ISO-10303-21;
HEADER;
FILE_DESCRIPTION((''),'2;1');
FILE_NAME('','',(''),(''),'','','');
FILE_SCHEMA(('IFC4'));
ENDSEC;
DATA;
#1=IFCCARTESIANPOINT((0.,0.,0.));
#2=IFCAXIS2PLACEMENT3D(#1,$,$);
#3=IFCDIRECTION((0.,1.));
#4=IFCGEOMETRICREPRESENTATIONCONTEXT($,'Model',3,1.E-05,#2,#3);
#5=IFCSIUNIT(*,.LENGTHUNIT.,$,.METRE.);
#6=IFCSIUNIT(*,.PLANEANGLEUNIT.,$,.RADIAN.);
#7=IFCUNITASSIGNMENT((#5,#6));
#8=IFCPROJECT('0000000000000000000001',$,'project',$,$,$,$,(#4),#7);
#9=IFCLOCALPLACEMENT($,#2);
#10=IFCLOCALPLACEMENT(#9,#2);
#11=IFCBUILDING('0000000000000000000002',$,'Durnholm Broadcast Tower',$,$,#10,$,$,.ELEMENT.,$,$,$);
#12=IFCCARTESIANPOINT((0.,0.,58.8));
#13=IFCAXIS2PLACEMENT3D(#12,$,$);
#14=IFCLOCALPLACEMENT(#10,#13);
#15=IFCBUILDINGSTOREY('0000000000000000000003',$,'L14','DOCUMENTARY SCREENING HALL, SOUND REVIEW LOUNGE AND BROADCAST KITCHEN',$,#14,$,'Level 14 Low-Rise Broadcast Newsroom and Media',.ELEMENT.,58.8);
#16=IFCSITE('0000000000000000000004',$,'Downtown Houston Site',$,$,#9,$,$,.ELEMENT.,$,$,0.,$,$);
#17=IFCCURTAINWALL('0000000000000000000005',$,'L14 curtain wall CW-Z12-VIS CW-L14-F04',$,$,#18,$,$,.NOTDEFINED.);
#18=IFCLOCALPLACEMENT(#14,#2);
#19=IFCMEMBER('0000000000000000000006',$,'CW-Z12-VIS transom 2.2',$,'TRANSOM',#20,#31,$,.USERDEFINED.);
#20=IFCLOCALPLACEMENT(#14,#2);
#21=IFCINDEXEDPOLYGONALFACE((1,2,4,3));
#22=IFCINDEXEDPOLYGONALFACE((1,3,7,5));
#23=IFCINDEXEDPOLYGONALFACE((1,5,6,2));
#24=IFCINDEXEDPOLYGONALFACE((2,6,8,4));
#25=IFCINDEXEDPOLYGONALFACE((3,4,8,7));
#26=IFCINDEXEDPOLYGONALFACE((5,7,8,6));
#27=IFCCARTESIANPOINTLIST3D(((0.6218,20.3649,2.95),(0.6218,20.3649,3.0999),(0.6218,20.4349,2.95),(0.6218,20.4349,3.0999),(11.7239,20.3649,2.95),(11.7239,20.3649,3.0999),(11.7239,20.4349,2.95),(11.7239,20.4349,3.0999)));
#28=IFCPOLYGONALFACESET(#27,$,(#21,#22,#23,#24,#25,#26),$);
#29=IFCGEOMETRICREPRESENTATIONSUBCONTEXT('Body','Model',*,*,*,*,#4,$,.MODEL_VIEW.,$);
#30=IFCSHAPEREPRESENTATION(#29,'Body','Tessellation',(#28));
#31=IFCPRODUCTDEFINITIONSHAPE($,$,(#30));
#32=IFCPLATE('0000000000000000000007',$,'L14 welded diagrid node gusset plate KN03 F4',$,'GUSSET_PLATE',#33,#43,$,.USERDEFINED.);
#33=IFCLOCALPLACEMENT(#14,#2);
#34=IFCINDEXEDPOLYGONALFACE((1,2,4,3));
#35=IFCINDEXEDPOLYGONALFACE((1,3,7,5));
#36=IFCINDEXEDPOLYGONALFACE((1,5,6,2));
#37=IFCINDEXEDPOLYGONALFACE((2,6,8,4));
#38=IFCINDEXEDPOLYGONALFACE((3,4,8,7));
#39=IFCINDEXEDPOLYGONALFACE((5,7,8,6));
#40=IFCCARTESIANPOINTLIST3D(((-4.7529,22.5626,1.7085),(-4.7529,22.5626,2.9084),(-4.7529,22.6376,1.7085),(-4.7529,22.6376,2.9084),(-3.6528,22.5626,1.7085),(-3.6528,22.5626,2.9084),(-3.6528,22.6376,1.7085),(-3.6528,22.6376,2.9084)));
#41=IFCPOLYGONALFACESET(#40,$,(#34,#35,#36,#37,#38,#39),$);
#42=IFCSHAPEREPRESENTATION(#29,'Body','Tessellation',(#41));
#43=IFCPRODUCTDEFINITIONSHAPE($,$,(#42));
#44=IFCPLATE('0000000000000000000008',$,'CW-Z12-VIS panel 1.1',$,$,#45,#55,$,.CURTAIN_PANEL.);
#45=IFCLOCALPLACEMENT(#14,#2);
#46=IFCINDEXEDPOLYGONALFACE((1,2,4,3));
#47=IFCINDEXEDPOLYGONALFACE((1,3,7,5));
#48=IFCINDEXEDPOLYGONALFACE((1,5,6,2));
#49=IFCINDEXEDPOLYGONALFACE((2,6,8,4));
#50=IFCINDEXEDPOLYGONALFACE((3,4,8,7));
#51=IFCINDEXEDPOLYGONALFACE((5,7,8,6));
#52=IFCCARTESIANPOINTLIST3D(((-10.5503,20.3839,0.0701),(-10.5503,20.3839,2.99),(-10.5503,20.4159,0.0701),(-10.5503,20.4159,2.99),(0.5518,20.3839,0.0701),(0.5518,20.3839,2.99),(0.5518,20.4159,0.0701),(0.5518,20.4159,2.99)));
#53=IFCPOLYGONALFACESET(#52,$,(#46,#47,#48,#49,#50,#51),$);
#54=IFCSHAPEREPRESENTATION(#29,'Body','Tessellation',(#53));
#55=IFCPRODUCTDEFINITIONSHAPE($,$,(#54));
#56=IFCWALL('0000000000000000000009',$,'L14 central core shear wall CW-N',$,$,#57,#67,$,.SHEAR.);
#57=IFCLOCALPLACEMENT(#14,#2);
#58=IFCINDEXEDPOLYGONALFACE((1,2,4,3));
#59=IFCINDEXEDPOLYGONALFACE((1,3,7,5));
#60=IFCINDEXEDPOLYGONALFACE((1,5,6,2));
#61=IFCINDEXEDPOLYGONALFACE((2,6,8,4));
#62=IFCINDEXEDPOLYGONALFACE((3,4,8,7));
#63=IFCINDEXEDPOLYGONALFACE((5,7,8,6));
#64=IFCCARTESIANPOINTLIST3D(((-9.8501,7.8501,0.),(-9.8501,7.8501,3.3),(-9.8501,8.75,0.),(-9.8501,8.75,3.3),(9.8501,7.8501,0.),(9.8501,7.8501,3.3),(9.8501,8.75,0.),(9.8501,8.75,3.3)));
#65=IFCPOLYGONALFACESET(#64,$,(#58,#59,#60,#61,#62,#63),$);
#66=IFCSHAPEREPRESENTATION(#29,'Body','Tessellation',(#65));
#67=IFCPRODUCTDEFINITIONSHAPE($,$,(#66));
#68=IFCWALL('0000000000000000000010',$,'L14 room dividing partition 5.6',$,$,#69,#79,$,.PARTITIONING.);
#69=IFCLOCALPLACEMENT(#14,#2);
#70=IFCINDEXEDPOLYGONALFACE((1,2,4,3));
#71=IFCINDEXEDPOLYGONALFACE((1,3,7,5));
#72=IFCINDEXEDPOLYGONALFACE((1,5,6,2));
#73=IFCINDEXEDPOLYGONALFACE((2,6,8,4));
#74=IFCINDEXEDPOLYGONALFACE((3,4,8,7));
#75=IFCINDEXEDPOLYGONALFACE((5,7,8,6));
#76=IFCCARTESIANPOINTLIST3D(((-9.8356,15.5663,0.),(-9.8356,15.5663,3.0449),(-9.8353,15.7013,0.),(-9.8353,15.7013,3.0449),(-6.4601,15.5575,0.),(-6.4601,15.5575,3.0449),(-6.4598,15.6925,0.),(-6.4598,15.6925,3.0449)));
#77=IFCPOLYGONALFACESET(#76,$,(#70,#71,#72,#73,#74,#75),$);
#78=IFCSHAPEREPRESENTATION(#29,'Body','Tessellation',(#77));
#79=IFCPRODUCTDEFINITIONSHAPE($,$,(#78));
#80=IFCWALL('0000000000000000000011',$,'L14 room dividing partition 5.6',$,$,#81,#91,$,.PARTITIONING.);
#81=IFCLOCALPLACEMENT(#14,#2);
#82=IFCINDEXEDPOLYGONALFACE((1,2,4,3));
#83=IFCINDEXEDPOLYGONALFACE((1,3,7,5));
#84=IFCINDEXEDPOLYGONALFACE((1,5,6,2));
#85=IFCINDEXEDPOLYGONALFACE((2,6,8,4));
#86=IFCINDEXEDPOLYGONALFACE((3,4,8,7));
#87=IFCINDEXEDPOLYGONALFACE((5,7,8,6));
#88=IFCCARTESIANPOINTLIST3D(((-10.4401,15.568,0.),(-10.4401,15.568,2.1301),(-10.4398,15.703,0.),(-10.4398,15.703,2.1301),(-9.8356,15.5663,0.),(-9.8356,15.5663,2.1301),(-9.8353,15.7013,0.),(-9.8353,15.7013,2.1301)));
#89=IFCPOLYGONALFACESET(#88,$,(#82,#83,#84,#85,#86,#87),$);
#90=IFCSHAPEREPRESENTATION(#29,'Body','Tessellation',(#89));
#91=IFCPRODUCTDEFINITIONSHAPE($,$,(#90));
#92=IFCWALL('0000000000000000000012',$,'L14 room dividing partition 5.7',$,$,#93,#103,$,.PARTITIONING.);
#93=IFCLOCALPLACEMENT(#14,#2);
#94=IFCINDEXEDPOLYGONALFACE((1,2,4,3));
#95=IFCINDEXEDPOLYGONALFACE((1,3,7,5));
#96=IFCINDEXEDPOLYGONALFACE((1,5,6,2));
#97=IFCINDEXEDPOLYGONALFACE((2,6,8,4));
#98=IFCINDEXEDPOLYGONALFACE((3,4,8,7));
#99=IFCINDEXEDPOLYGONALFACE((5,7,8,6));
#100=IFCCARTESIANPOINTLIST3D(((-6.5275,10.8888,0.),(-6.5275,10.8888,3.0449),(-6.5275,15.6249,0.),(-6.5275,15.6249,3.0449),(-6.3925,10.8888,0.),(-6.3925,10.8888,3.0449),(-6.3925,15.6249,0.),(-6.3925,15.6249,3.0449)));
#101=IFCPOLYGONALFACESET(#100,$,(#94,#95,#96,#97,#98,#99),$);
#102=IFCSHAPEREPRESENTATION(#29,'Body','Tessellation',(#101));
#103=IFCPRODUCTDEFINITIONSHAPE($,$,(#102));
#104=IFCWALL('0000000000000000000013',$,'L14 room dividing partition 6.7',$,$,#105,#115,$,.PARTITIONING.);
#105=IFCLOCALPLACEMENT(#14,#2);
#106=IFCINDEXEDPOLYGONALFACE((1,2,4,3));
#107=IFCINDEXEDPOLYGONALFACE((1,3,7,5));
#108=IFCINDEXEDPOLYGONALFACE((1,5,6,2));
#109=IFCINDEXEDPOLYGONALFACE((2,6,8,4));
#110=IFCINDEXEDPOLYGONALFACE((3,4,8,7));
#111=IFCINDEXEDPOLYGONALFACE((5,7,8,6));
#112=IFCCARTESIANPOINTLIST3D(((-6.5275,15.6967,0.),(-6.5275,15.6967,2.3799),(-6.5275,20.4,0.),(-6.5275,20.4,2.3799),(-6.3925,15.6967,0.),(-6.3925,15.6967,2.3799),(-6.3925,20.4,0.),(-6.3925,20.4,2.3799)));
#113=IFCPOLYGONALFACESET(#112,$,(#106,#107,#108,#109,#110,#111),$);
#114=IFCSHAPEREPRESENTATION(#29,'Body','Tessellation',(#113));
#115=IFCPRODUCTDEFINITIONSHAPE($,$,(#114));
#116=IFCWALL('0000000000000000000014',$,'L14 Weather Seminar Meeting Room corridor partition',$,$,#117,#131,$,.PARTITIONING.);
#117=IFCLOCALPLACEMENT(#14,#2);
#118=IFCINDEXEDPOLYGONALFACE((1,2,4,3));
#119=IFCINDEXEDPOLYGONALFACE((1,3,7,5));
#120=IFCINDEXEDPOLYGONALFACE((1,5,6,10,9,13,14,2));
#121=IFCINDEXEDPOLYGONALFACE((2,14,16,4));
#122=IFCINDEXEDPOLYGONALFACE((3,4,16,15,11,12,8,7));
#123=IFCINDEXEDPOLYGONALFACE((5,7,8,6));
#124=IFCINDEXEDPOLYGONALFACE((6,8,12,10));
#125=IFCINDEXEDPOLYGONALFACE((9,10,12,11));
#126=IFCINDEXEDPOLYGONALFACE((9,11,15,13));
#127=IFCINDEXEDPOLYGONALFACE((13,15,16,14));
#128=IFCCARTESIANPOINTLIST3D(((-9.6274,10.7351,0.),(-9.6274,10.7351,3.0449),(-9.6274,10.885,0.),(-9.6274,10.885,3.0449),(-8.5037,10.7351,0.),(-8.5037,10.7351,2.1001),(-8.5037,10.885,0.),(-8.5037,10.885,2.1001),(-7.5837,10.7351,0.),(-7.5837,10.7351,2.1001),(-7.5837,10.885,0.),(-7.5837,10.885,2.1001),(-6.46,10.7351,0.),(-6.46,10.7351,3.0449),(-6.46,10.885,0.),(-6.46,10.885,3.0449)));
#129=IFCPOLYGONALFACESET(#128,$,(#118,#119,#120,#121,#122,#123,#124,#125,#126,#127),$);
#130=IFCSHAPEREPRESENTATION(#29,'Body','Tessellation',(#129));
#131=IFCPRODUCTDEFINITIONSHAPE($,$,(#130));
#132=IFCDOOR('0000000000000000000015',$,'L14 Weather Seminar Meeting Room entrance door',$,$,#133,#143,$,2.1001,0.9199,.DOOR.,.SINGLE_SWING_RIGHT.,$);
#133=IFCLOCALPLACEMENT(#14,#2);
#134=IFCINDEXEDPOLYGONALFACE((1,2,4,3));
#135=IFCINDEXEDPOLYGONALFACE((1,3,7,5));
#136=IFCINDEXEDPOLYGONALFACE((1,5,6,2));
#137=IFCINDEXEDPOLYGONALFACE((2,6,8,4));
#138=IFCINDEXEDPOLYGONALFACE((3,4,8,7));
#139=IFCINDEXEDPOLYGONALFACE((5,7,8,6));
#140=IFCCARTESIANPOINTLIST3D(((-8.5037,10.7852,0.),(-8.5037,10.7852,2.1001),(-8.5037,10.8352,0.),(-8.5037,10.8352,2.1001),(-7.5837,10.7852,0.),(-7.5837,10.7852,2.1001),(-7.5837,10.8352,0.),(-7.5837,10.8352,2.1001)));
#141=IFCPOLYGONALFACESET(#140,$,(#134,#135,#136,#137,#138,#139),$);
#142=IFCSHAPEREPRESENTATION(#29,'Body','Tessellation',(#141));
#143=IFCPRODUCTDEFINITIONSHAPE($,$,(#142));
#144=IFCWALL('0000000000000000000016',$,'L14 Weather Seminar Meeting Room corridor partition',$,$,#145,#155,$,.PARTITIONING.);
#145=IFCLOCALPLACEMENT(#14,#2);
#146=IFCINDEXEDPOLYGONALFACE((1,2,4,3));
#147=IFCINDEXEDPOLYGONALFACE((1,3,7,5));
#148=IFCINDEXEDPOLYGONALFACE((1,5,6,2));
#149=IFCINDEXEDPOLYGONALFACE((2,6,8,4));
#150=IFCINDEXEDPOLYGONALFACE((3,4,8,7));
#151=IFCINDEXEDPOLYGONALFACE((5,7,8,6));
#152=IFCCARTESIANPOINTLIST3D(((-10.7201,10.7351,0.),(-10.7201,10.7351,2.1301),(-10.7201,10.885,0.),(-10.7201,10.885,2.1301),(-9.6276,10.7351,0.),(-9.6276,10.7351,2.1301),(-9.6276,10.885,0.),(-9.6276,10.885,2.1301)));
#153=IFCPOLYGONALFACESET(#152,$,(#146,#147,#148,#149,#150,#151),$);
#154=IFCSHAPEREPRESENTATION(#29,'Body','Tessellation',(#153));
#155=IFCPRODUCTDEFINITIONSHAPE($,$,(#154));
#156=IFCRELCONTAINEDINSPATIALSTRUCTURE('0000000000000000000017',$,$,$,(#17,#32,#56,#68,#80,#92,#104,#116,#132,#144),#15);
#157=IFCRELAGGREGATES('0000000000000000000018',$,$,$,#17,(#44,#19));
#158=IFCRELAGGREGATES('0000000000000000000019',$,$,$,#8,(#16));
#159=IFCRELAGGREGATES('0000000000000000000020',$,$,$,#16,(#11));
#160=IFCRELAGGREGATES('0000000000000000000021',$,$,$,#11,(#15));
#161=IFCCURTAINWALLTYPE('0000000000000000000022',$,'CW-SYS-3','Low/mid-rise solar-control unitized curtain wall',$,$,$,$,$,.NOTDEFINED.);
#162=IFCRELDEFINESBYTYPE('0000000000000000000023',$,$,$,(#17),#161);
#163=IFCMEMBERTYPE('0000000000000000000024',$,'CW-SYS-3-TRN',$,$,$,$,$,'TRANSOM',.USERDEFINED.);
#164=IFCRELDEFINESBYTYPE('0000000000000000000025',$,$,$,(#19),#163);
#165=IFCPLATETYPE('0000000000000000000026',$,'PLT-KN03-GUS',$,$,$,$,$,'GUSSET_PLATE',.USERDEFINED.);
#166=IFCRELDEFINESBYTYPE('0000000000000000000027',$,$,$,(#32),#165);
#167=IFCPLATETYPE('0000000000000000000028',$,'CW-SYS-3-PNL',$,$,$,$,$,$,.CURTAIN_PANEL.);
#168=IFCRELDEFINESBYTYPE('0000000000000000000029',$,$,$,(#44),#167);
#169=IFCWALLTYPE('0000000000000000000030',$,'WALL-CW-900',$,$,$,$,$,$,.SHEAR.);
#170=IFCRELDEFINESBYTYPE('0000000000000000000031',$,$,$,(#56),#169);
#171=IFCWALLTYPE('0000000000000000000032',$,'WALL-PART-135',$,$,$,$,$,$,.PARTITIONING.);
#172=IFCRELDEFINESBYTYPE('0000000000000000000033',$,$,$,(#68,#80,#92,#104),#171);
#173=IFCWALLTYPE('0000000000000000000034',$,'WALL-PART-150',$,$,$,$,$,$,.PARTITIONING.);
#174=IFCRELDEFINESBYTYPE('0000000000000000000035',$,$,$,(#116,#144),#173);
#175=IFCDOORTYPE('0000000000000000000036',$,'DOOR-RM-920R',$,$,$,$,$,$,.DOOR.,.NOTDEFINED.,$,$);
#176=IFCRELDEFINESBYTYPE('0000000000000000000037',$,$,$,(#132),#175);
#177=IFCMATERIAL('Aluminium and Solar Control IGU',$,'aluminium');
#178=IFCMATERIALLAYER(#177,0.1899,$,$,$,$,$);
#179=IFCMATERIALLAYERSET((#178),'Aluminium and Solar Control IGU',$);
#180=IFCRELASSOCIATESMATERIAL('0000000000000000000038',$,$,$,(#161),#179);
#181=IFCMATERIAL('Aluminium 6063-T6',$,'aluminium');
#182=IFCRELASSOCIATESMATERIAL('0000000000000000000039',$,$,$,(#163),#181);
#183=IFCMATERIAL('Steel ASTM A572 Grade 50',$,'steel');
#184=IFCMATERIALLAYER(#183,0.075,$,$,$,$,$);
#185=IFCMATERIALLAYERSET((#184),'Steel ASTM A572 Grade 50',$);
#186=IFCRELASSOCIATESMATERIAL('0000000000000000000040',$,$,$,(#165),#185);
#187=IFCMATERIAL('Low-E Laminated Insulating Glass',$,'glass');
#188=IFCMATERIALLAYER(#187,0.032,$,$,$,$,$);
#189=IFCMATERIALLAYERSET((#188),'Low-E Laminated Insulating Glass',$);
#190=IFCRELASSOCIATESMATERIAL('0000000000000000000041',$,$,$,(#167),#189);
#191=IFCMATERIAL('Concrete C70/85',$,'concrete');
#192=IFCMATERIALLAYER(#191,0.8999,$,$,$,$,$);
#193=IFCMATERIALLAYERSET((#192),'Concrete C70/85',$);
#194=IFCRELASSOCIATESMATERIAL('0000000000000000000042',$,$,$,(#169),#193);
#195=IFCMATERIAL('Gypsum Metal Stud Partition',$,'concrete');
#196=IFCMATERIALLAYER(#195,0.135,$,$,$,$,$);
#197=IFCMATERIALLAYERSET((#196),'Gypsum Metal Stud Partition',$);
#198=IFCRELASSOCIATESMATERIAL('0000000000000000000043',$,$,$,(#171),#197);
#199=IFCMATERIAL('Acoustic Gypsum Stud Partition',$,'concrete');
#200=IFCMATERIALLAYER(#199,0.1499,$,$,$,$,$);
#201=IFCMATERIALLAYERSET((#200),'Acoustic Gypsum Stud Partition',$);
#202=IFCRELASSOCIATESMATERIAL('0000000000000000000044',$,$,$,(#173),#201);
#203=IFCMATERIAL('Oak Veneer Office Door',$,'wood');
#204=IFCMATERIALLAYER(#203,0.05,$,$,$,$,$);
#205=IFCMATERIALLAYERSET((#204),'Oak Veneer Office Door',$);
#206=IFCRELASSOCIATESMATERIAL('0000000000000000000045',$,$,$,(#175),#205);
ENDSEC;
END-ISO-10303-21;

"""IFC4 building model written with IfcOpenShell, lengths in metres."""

from ifc_helpers import new_model, si_unit, direction, frame, frame_2d, origin, origin_2d, place, context, subcontext, project, spatial, rectangle, extrude, source, transform, mapped, material, layer, layer_set, material_profile, profile_set, type_object, type_shapes, element, fill, aggregate, save


model = new_model("IFC4")

# Units and contexts
model_context = context("Model", 3, precision=1e-05, world=origin(), true_north=direction((0.0, 1.0)))
body_context = subcontext(model_context, "Body", "Model", "MODEL_VIEW")
ifc_project = project(units=[si_unit("LENGTHUNIT", "METRE"), si_unit("PLANEANGLEUNIT", "RADIAN")], contexts=[model_context])

# Site, building, storey
site_placement = place(None, origin())
site = spatial("IfcSite", under=ifc_project, at=site_placement, Name="Downtown Houston Site", CompositionType="ELEMENT", RefElevation=0.0)
building_placement = place(site_placement, origin())
building = spatial("IfcBuilding", under=site, at=building_placement, Name="Durnholm Broadcast Tower", CompositionType="ELEMENT")
storey_placement = place(building_placement, frame((0.0, 0.0, 58.8)))
storey = spatial("IfcBuildingStorey", under=building, at=storey_placement, Name="L14", Description="DOCUMENTARY SCREENING HALL, SOUND REVIEW LOUNGE AND BROADCAST KITCHEN", LongName="Level 14 Low-Rise Broadcast Newsroom and Media", CompositionType="ELEMENT", Elevation=58.8)

# Shared definitions
ifc_material_1 = material(Name="Concrete C70/85", Category="concrete")

# Curtain wall, member
ifc_material_2 = material(Name="Aluminium and Solar Control IGU", Category="aluminium")
ifc_layer_1 = layer(ifc_material_2, 0.1899)
ifc_layer_set_1 = layer_set([ifc_layer_1], Name="Aluminium and Solar Control IGU")
curtain_wall_type = type_object("IfcCurtainWallType", Name="CW-SYS-3", Description="Low/mid-rise solar-control unitized curtain wall", PredefinedType="NOTDEFINED", material=ifc_layer_set_1)
curtain_wall_placement = place(storey_placement, origin())
curtain_wall = element("IfcCurtainWall", 1, at=curtain_wall_placement, inside=storey, type_object=curtain_wall_type, Name="L14 curtain wall CW-Z12-VIS CW-L14-F04", PredefinedType="NOTDEFINED")
ifc_material_3 = material(Name="Aluminium 6063-T6", Category="aluminium")
ifc_material_profile_1 = material_profile(ifc_material_3, rectangle(XDim=0.0701, YDim=0.1499, at=origin_2d()), Name="CWT70X150")
ifc_profile_set_1 = profile_set([ifc_material_profile_1], Name="Aluminium 6063-T6")
member_type_1 = type_object("IfcMemberType", Name="CW-SYS-3-TRN", ElementType="TRANSOM", PredefinedType="USERDEFINED", material=ifc_profile_set_1)
shared_shape_1 = source(origin(), body_context, "Body", "SweptSolid", [
    extrude(rectangle(XDim=0.0701, YDim=0.1499, at=origin_2d()), origin(), (0.0, 0.0, 1.0), 11.1021),
])
type_shapes(member_type_1, [shared_shape_1])
member_1_placement = place(storey_placement, frame((0.6218, 20.3999, 3.0249), z_axis=(1.0, 0.0, 0.0), x_axis=(0.0, 1.0, 0.0)))
member_1 = element("IfcMember", 2, at=member_1_placement, type_object=member_type_1, Name="CW-Z12-VIS transom 2.2", ObjectType="TRANSOM", PredefinedType="USERDEFINED", context=body_context, shape_type="MappedRepresentation", body=[
    mapped(shared_shape_1, transform((0.0, 0.0, 0.0), x_axis=(1.0, 0.0, 0.0), y_axis=(0.0, 1.0, 0.0), z_axis=(0.0, 0.0, 1.0), scale=1.0)),
])

# Plates
ifc_material_4 = material(Name="Steel ASTM A572 Grade 50", Category="steel")
ifc_layer_2 = layer(ifc_material_4, 0.075)
ifc_layer_set_2 = layer_set([ifc_layer_2], Name="Steel ASTM A572 Grade 50")
plate_type_1 = type_object("IfcPlateType", Name="PLT-KN03-GUS", ElementType="GUSSET_PLATE", PredefinedType="USERDEFINED", material=ifc_layer_set_2)
shared_shape_2 = source(origin(), body_context, "Body", "SweptSolid", [
    extrude(rectangle(XDim=1.1001, YDim=0.075, at=origin_2d()), origin(), (0.0, 0.0, 1.0), 1.2),
])
type_shapes(plate_type_1, [shared_shape_2])
plate_1_placement = place(storey_placement, frame((-4.2029, 22.6001, 1.7085), z_axis=(0.0, 0.0, 1.0), x_axis=(-1.0, 0.0, 0.0)))
element("IfcPlate", 3, at=plate_1_placement, inside=storey, type_object=plate_type_1, Name="L14 welded diagrid node gusset plate KN03 F4", ObjectType="GUSSET_PLATE", PredefinedType="USERDEFINED", context=body_context, shape_type="MappedRepresentation", body=[
    mapped(shared_shape_2, transform((0.0, 0.0, 0.0), x_axis=(1.0, 0.0, 0.0), y_axis=(0.0, 1.0, 0.0), z_axis=(0.0, 0.0, 1.0), scale=1.0)),
])
ifc_material_5 = material(Name="Low-E Laminated Insulating Glass", Category="glass")
ifc_layer_3 = layer(ifc_material_5, 0.032)
ifc_layer_set_3 = layer_set([ifc_layer_3], Name="Low-E Laminated Insulating Glass")
plate_type_2 = type_object("IfcPlateType", Name="CW-SYS-3-PNL", PredefinedType="CURTAIN_PANEL", material=ifc_layer_set_3)
shared_shape_3 = source(origin(), body_context, "Body", "SweptSolid", [
    extrude(rectangle(XDim=11.1021, YDim=0.032, at=origin_2d()), origin(), (0.0, 0.0, 1.0), 2.9199),
])
type_shapes(plate_type_2, [shared_shape_3])
plate_2_placement = place(storey_placement, frame((-4.9993, 20.3999, 0.0701), z_axis=(0.0, 0.0, 1.0), x_axis=(1.0, 0.0, 0.0)))
plate_2 = element("IfcPlate", 4, at=plate_2_placement, type_object=plate_type_2, Name="CW-Z12-VIS panel 1.1", PredefinedType="CURTAIN_PANEL", context=body_context, shape_type="MappedRepresentation", body=[
    mapped(shared_shape_3, transform((0.0, 0.0, 0.0), x_axis=(1.0, 0.0, 0.0), y_axis=(0.0, 1.0, 0.0), z_axis=(0.0, 0.0, 1.0), scale=1.0)),
])
aggregate(curtain_wall, [plate_2, member_1])

# Walls
ifc_layer_4 = layer(ifc_material_1, 0.8999)
ifc_layer_set_4 = layer_set([ifc_layer_4], Name="Concrete C70/85")
wall_type_1 = type_object("IfcWallType", Name="WALL-CW-900", PredefinedType="SHEAR", material=ifc_layer_set_4)
wall_1_placement = place(storey_placement, frame((-9.8501, 8.3, 0.0), z_axis=(0.0, 0.0, 1.0), x_axis=(1.0, 0.0, 0.0)))
element("IfcWall", 5, at=wall_1_placement, inside=storey, type_object=wall_type_1, Name="L14 central core shear wall CW-N", PredefinedType="SHEAR", context=body_context, shape_type="SweptSolid", body=[
    extrude(rectangle(XDim=19.7002, YDim=0.8999, at=frame_2d((9.8501, 0.0))), origin(), (0.0, 0.0, 1.0), 3.3),
])
ifc_material_6 = material(Name="Gypsum Metal Stud Partition", Category="concrete")
ifc_layer_5 = layer(ifc_material_6, 0.135)
ifc_layer_set_5 = layer_set([ifc_layer_5], Name="Gypsum Metal Stud Partition")
wall_type_2 = type_object("IfcWallType", Name="WALL-PART-135", PredefinedType="PARTITIONING", material=ifc_layer_set_5)
wall_2_placement = place(storey_placement, frame((-9.8354, 15.6338, 0.0), z_axis=(0.0, 0.0, 1.0), x_axis=(0.999997, -0.002604, 0.0)))
element("IfcWall", 6, at=wall_2_placement, inside=storey, type_object=wall_type_2, Name="L14 room dividing partition 5.6", PredefinedType="PARTITIONING", context=body_context, shape_type="SweptSolid", body=[
    extrude(rectangle(XDim=3.3755, YDim=0.135, at=frame_2d((1.6877, 0.0))), origin(), (0.0, 0.0, 1.0), 3.0449),
])
wall_3_placement = place(storey_placement, frame((-10.4399, 15.6355, 0.0), z_axis=(0.0, 0.0, 1.0), x_axis=(0.999996, -0.002827, 0.0)))
element("IfcWall", 7, at=wall_3_placement, inside=storey, type_object=wall_type_2, Name="L14 room dividing partition 5.6", PredefinedType="PARTITIONING", context=body_context, shape_type="SweptSolid", body=[
    extrude(rectangle(XDim=0.6045, YDim=0.135, at=frame_2d((0.3022, 0.0))), origin(), (0.0, 0.0, 1.0), 2.1301),
])
wall_4_placement = place(storey_placement, frame((-6.46, 15.625, 0.0), z_axis=(0.0, 0.0, 1.0), x_axis=(0.0, -1.0, 0.0)))
element("IfcWall", 8, at=wall_4_placement, inside=storey, type_object=wall_type_2, Name="L14 room dividing partition 5.7", PredefinedType="PARTITIONING", context=body_context, shape_type="SweptSolid", body=[
    extrude(rectangle(XDim=4.7361, YDim=0.135, at=frame_2d((2.3682, 0.0))), origin(), (0.0, 0.0, 1.0), 3.0449),
])
wall_5_placement = place(storey_placement, frame((-6.46, 20.3999, 0.0), z_axis=(0.0, 0.0, 1.0), x_axis=(0.0, -1.0, 0.0)))
element("IfcWall", 9, at=wall_5_placement, inside=storey, type_object=wall_type_2, Name="L14 room dividing partition 6.7", PredefinedType="PARTITIONING", context=body_context, shape_type="SweptSolid", body=[
    extrude(rectangle(XDim=4.7034, YDim=0.135, at=frame_2d((2.3516, 0.0))), origin(), (0.0, 0.0, 1.0), 2.3799),
])

# Wall, opening, door
ifc_material_7 = material(Name="Acoustic Gypsum Stud Partition", Category="concrete")
ifc_layer_6 = layer(ifc_material_7, 0.1499)
ifc_layer_set_6 = layer_set([ifc_layer_6], Name="Acoustic Gypsum Stud Partition")
wall_type_3 = type_object("IfcWallType", Name="WALL-PART-150", PredefinedType="PARTITIONING", material=ifc_layer_set_6)
wall_6_placement = place(storey_placement, frame((-6.46, 10.8101, 0.0), z_axis=(0.0, 0.0, 1.0), x_axis=(-1.0, 0.0, 0.0)))
wall_6 = element("IfcWall", 10, at=wall_6_placement, inside=storey, type_object=wall_type_3, Name="L14 Weather Seminar Meeting Room corridor partition", PredefinedType="PARTITIONING", context=body_context, shape_type="SweptSolid", body=[
    extrude(rectangle(XDim=3.1675, YDim=0.1499, at=frame_2d((1.5837, 0.0))), origin(), (0.0, 0.0, 1.0), 3.0449),
])
opening_placement = place(wall_6_placement, frame((1.1238, 0.0, 0.0)))
opening = element("IfcOpeningElement", 11, at=opening_placement, cuts=wall_6, PredefinedType="OPENING", context=body_context, shape_type="SweptSolid", body=[
    extrude(rectangle(XDim=0.9199, YDim=2.1001, at=frame_2d((0.46, 1.05))), frame((0.0, 0.085, 0.0), z_axis=(0.0, -1.0, 0.0), x_axis=(1.0, 0.0, 0.0)), (0.0, 0.0, 1.0), 0.1699),
])
ifc_material_8 = material(Name="Oak Veneer Office Door", Category="wood")
ifc_layer_7 = layer(ifc_material_8, 0.05)
ifc_layer_set_7 = layer_set([ifc_layer_7], Name="Oak Veneer Office Door")
door_type = type_object("IfcDoorType", Name="DOOR-RM-920R", OperationType="NOTDEFINED", PredefinedType="DOOR", material=ifc_layer_set_7)
shared_shape_4 = source(origin(), body_context, "Body", "SweptSolid", [
    extrude(rectangle(XDim=0.9199, YDim=2.1001, at=frame_2d((0.46, 1.05))), frame((0.0, 0.0249, 0.0), z_axis=(0.0, -1.0, 0.0), x_axis=(1.0, 0.0, 0.0)), (0.0, 0.0, 1.0), 0.05),
])
type_shapes(door_type, [shared_shape_4])
door_placement = place(opening_placement, origin())
door = element("IfcDoor", 12, at=door_placement, inside=storey, type_object=door_type, Name="L14 Weather Seminar Meeting Room entrance door", OperationType="SINGLE_SWING_RIGHT", OverallHeight=2.1001, OverallWidth=0.9199, PredefinedType="DOOR", context=body_context, shape_type="MappedRepresentation", body=[
    mapped(shared_shape_4, transform((0.0, 0.0, 0.0), x_axis=(1.0, 0.0, 0.0), y_axis=(0.0, 1.0, 0.0), z_axis=(0.0, 0.0, 1.0), scale=1.0)),
])
fill(opening, door)

# Wall
wall_7_placement = place(storey_placement, frame((-9.6274, 10.8101, 0.0), z_axis=(0.0, 0.0, 1.0), x_axis=(-1.0, 0.0, 0.0)))
element("IfcWall", 13, at=wall_7_placement, inside=storey, type_object=wall_type_3, Name="L14 Weather Seminar Meeting Room corridor partition", PredefinedType="PARTITIONING", context=body_context, shape_type="SweptSolid", body=[
    extrude(rectangle(XDim=1.0925, YDim=0.1499, at=frame_2d((0.5464, 0.0))), origin(), (0.0, 0.0, 1.0), 2.1301),
])

save(model, "model.ifc")
